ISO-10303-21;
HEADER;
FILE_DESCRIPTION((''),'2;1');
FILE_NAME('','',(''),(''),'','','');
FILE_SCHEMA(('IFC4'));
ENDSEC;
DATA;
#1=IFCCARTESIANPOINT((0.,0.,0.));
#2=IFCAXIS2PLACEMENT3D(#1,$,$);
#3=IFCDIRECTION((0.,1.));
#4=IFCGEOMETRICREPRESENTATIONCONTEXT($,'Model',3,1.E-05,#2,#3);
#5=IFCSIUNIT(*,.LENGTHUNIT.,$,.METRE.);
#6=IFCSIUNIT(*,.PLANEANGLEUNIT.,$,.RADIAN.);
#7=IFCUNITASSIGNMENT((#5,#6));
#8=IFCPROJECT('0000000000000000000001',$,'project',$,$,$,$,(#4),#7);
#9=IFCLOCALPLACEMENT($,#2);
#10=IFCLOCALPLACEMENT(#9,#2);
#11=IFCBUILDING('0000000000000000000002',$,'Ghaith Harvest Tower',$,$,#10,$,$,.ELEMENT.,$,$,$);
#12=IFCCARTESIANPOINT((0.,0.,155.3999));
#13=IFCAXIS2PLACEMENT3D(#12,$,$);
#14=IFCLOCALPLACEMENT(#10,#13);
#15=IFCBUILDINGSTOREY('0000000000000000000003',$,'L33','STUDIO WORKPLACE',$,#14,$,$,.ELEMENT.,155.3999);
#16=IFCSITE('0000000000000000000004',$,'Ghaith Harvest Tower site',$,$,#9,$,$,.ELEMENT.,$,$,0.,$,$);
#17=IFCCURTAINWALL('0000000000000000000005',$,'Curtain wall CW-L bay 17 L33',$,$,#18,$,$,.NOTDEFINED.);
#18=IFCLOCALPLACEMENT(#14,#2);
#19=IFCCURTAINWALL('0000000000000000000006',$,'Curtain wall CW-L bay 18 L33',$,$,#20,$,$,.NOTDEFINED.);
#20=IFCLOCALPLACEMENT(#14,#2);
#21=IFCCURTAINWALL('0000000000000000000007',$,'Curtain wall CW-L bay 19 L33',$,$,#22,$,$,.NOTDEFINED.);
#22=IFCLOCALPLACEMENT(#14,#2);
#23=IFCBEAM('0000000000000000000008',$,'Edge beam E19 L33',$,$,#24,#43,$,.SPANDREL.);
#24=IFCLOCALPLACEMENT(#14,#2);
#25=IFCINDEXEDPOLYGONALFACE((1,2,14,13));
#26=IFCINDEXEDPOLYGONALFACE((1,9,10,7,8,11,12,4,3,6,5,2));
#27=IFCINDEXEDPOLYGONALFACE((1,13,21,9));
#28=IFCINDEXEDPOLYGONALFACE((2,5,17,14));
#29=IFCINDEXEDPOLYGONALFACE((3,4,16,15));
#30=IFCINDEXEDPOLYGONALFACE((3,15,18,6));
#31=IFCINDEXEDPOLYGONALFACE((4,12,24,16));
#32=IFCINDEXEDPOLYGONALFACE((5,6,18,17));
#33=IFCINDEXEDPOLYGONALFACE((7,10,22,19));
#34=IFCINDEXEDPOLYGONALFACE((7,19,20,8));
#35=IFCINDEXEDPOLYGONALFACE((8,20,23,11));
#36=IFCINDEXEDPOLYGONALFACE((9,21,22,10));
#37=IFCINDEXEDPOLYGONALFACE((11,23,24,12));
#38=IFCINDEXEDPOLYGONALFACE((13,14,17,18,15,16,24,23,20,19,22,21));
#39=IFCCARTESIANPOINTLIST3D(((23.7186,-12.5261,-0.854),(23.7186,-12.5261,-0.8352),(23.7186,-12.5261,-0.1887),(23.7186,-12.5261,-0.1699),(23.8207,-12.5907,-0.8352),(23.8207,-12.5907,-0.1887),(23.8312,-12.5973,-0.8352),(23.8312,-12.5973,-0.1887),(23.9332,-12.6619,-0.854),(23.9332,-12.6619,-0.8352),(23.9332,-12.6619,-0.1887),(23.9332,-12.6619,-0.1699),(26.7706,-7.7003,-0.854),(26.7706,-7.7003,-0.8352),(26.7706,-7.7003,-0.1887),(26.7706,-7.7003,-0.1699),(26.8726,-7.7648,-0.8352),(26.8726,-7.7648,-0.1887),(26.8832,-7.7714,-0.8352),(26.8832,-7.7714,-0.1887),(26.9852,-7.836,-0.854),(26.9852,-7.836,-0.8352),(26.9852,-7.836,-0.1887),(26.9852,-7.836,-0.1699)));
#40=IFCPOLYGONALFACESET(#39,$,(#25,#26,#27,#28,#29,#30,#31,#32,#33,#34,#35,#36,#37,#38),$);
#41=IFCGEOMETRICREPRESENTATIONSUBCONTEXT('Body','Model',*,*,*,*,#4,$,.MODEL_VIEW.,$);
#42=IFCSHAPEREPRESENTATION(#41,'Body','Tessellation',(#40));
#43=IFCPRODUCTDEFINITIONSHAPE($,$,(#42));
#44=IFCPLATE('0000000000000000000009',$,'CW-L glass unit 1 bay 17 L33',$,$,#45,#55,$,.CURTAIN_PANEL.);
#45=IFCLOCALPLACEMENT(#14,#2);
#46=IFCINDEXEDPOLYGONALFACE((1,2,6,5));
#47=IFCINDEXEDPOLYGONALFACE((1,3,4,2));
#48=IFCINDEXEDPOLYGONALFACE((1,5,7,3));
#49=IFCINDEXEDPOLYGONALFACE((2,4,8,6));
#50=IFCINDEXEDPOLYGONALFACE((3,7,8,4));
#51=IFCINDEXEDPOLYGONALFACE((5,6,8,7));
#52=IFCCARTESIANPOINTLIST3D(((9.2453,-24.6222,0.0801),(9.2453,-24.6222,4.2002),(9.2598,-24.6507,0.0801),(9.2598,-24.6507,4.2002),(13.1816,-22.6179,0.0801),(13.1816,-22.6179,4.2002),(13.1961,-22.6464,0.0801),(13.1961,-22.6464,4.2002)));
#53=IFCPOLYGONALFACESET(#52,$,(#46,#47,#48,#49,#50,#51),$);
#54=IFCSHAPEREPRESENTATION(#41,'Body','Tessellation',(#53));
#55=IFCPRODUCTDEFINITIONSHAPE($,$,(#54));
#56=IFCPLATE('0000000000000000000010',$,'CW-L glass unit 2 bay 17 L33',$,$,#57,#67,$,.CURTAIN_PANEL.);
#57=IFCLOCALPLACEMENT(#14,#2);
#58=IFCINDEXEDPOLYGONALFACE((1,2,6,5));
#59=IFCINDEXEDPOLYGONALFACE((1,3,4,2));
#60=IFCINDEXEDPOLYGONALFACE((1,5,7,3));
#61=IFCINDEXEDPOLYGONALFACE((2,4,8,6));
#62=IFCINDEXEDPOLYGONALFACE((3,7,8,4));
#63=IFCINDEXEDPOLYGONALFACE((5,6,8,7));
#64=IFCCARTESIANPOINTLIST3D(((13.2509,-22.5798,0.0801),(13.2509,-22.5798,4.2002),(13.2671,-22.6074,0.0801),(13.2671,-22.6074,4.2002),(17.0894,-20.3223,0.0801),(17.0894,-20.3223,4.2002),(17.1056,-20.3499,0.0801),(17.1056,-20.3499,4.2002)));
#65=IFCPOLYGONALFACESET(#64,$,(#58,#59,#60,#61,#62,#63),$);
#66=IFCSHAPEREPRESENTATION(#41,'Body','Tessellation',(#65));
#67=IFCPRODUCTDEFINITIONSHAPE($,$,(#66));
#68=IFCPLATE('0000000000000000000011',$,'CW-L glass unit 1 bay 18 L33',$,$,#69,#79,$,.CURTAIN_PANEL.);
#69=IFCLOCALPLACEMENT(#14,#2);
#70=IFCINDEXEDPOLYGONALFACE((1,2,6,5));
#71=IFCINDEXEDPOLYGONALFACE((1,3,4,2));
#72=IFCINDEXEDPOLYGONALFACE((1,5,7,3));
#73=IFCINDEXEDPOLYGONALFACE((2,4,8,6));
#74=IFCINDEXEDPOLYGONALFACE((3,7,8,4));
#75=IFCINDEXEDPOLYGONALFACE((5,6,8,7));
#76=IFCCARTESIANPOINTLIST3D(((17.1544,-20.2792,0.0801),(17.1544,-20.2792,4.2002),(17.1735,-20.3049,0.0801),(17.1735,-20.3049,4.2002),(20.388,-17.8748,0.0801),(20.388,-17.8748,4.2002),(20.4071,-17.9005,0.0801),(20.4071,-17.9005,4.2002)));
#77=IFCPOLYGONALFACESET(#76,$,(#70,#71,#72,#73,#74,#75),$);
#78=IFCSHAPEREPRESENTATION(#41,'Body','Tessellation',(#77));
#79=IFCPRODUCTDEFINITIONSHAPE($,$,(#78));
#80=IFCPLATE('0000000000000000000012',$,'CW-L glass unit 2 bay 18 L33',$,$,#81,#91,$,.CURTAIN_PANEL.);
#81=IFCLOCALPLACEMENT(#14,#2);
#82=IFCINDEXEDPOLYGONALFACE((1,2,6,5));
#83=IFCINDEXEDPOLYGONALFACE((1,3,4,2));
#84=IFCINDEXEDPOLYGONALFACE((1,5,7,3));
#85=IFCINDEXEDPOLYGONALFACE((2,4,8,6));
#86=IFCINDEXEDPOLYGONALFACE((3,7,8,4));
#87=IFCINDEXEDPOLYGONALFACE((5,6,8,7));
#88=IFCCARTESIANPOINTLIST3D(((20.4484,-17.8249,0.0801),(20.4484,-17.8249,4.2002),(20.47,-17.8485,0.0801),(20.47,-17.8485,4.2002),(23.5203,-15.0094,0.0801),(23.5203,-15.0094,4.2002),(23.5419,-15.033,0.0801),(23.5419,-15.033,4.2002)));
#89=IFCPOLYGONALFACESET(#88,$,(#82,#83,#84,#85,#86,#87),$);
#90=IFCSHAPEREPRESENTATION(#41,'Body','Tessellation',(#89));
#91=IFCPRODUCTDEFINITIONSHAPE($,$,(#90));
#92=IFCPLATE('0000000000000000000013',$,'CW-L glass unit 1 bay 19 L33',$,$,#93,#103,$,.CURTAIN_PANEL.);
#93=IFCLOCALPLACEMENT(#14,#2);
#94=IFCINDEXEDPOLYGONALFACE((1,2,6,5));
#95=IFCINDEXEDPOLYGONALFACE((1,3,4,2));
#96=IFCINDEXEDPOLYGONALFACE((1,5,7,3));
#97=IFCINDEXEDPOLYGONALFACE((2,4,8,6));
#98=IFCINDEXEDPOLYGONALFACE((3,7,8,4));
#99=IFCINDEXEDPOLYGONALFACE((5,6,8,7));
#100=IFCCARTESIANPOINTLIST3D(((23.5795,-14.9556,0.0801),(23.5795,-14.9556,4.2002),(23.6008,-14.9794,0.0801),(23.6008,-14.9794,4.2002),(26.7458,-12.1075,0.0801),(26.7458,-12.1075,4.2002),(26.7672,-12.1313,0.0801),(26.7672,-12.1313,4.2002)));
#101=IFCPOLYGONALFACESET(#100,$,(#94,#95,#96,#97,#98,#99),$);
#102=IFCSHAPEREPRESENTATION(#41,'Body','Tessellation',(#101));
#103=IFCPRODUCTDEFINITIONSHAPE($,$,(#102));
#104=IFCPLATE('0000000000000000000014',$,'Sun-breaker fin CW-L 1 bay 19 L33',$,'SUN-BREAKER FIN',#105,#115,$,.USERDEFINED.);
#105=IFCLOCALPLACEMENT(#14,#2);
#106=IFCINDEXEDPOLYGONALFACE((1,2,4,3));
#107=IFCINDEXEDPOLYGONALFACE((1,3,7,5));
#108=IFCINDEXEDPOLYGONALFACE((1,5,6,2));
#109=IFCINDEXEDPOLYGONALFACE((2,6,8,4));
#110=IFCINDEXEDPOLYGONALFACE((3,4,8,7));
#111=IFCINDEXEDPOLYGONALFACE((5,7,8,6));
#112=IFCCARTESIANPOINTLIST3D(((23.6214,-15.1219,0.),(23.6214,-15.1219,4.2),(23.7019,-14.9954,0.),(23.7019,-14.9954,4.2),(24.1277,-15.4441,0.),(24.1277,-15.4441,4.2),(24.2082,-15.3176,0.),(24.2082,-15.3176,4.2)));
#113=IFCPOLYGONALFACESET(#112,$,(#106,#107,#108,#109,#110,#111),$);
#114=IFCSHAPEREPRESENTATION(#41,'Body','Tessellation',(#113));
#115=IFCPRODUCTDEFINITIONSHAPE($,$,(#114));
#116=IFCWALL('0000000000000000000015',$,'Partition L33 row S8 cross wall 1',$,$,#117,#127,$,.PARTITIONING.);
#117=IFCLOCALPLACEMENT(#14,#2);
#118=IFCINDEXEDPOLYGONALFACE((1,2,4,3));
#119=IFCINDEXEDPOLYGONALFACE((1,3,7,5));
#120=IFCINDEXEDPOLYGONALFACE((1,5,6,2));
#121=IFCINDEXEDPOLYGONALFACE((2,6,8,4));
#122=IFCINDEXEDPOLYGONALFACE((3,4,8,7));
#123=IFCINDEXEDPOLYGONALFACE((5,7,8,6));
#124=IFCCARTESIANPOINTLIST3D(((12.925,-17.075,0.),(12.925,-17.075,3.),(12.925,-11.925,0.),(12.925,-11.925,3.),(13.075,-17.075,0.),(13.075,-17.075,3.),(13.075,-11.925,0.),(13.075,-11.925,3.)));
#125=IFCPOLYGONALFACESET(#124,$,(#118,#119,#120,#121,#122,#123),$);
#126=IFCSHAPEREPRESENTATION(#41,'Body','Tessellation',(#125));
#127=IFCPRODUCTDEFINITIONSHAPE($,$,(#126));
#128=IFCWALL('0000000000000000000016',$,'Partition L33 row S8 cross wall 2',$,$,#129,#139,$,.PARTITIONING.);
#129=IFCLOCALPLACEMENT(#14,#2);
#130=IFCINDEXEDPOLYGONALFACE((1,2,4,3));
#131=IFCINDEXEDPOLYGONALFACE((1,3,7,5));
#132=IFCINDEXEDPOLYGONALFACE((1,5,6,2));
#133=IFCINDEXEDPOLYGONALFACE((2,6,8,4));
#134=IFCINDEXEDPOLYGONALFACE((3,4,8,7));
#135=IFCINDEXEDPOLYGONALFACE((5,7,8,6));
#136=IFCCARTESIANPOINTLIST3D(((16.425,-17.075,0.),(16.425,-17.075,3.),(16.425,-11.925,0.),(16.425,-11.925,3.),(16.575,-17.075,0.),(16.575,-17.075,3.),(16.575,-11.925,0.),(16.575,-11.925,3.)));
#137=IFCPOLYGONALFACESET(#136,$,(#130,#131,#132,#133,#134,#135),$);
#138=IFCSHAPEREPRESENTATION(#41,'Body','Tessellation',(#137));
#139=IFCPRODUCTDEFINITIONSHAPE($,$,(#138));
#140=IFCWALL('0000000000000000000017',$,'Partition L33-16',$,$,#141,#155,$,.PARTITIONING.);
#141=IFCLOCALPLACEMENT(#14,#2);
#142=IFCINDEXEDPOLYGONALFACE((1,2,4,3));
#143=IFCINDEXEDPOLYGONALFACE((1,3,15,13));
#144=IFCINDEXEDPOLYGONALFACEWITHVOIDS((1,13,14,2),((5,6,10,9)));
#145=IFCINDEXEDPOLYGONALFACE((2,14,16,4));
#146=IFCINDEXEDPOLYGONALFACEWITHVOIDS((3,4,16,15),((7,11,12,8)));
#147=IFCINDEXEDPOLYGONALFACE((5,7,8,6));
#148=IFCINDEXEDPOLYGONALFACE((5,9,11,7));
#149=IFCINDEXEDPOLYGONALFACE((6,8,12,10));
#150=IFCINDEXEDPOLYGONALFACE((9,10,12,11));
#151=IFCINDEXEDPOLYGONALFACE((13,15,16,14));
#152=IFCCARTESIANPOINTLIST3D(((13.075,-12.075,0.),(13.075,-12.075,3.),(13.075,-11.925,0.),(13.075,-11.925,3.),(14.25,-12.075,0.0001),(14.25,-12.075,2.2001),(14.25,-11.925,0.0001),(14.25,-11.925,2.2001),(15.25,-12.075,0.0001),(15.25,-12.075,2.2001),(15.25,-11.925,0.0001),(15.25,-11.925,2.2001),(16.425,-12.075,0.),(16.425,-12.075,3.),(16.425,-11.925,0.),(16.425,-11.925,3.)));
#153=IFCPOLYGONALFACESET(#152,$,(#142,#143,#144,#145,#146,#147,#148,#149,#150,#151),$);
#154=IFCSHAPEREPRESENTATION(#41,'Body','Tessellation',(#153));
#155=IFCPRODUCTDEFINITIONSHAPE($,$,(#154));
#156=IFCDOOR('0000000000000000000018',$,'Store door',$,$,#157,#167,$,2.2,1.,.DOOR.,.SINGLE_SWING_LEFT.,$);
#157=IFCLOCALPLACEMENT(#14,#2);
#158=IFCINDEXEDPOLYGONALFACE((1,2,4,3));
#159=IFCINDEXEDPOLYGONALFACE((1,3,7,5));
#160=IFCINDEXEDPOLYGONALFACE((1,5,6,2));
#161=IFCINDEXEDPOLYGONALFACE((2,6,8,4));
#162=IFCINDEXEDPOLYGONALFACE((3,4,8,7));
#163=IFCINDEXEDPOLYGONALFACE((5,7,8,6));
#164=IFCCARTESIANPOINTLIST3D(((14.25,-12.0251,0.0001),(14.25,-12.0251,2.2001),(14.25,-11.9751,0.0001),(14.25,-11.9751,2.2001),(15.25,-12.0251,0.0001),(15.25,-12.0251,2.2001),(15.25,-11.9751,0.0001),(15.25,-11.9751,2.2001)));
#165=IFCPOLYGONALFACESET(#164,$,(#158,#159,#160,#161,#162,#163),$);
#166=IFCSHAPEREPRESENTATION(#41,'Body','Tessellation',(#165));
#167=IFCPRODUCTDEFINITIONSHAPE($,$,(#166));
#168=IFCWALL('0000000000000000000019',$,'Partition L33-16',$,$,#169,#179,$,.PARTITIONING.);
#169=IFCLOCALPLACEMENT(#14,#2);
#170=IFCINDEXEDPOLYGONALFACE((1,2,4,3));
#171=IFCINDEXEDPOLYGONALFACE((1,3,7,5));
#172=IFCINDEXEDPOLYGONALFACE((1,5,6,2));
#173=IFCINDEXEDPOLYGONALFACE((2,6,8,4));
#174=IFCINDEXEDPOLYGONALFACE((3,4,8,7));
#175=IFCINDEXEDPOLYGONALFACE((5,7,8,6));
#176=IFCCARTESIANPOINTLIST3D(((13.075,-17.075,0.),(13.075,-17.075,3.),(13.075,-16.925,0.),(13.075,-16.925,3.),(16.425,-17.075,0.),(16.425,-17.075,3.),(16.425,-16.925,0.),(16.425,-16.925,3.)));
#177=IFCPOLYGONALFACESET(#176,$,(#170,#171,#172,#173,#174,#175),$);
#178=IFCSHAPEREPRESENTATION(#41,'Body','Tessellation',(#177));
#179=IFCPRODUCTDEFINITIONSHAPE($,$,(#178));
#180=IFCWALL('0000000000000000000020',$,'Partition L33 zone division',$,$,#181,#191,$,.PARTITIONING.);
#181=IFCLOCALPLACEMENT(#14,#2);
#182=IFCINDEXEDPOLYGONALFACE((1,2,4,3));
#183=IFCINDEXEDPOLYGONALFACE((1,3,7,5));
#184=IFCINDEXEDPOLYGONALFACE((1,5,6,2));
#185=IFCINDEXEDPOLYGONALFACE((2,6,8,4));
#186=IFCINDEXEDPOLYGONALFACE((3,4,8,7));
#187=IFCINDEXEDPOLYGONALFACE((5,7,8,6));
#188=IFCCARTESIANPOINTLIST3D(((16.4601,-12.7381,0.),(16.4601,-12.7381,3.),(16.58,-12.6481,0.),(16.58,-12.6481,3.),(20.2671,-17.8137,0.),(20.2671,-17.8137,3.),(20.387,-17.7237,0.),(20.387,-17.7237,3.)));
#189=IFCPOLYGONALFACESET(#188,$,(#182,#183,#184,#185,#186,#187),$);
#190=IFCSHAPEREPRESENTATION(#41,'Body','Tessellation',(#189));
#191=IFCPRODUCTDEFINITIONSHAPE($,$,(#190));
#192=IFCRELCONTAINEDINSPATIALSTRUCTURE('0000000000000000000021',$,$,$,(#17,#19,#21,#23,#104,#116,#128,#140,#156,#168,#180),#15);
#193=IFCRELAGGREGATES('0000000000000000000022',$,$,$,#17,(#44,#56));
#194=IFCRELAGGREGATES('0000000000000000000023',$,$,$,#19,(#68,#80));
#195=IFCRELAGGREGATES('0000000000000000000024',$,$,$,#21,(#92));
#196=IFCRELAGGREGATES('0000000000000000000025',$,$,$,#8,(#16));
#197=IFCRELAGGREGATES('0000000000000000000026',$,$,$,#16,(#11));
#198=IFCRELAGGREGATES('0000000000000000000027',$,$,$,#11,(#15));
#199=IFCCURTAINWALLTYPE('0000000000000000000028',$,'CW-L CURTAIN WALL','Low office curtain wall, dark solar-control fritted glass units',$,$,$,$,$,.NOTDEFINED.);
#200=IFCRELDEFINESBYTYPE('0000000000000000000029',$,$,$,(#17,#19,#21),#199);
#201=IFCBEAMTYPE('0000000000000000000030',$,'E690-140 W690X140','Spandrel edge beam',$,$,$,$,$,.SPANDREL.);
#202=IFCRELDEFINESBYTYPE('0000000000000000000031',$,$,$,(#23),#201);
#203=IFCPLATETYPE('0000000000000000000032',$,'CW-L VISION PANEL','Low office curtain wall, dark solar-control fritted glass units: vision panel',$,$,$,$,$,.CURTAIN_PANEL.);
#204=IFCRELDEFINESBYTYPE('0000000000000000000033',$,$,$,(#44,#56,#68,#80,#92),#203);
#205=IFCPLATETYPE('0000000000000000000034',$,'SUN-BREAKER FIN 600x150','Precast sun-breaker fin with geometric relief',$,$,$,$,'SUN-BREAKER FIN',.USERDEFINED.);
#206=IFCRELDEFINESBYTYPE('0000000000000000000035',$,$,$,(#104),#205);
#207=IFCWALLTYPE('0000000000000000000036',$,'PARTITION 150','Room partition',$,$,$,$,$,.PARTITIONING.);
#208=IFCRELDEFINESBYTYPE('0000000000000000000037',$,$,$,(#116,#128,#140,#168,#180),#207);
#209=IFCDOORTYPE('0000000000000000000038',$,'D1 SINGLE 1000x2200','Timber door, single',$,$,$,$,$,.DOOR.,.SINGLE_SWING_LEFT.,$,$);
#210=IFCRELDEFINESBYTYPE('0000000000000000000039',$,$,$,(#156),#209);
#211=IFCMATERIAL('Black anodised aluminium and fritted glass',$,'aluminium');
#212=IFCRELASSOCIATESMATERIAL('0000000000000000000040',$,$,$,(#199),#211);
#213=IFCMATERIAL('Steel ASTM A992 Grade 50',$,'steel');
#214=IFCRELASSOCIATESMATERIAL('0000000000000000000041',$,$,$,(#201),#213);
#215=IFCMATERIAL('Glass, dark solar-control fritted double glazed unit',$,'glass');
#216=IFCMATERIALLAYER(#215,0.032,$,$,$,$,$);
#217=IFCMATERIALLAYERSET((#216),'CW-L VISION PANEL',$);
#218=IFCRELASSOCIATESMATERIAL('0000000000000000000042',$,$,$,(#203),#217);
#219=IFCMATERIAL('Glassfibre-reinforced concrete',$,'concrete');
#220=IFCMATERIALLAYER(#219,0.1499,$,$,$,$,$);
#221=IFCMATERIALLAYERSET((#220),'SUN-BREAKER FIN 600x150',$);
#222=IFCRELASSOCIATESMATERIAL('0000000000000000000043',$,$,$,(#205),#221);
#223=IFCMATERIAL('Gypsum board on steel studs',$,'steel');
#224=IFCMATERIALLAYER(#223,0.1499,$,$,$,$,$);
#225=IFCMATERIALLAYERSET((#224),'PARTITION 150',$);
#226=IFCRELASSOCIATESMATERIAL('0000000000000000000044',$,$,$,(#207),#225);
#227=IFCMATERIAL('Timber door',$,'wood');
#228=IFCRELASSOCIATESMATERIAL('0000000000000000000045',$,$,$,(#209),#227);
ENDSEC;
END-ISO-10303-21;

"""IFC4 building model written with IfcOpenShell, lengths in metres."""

from ifc_helpers import new_model, si_unit, direction, frame, frame_2d, origin, origin_2d, place, context, subcontext, project, spatial, rectangle, i_section, extrude, material, layer, layer_set, material_profile, profile_set, type_object, element, fill, aggregate, save


model = new_model("IFC4")

# Units and contexts
model_context = context("Model", 3, precision=1e-05, world=origin(), true_north=direction((0.0, 1.0)))
body_context = subcontext(model_context, "Body", "Model", "MODEL_VIEW")
ifc_project = project(units=[si_unit("LENGTHUNIT", "METRE"), si_unit("PLANEANGLEUNIT", "RADIAN")], contexts=[model_context])

# Site, building, storey
site_placement = place(None, origin())
site = spatial("IfcSite", under=ifc_project, at=site_placement, Name="Ghaith Harvest Tower site", CompositionType="ELEMENT", RefElevation=0.0)
building_placement = place(site_placement, origin())
building = spatial("IfcBuilding", under=site, at=building_placement, Name="Ghaith Harvest Tower", CompositionType="ELEMENT")
storey_placement = place(building_placement, frame((0.0, 0.0, 155.3999)))
storey = spatial("IfcBuildingStorey", under=building, at=storey_placement, Name="L33", Description="STUDIO WORKPLACE", CompositionType="ELEMENT", Elevation=155.3999)

# Curtain wall
ifc_material_1 = material(Name="Black anodised aluminium and fritted glass", Category="aluminium")
curtain_wall_type = type_object("IfcCurtainWallType", Name="CW-L CURTAIN WALL", Description="Low office curtain wall, dark solar-control fritted glass units", PredefinedType="NOTDEFINED", material=ifc_material_1)
curtain_wall_1_placement = place(storey_placement, origin())
curtain_wall_1 = element("IfcCurtainWall", 1, at=curtain_wall_1_placement, inside=storey, type_object=curtain_wall_type, Name="Curtain wall CW-L bay 17 L33", PredefinedType="NOTDEFINED")

# Curtain walls
curtain_wall_2_placement = place(storey_placement, origin())
curtain_wall_2 = element("IfcCurtainWall", 2, at=curtain_wall_2_placement, inside=storey, type_object=curtain_wall_type, Name="Curtain wall CW-L bay 18 L33", PredefinedType="NOTDEFINED")
curtain_wall_3_placement = place(storey_placement, origin())
curtain_wall_3 = element("IfcCurtainWall", 3, at=curtain_wall_3_placement, inside=storey, type_object=curtain_wall_type, Name="Curtain wall CW-L bay 19 L33", PredefinedType="NOTDEFINED")

# Beam
ifc_material_2 = material(Name="Steel ASTM A992 Grade 50", Category="steel")
ifc_material_profile_1 = material_profile(ifc_material_2, i_section(OverallWidth=0.2539, OverallDepth=0.6841, WebThickness=0.0125, FlangeThickness=0.0188, at=origin_2d()), Name="W690X140")
ifc_profile_set_1 = profile_set([ifc_material_profile_1], Name="Steel ASTM A992 Grade 50")
beam_type = type_object("IfcBeamType", Name="E690-140 W690X140", Description="Spandrel edge beam", PredefinedType="SPANDREL", material=ifc_profile_set_1)
beam_1_placement = place(storey_placement, frame((23.8259, -12.594, -0.512), z_axis=(0.5345, 0.845169, 0.0), x_axis=(-0.845169, 0.5345, 0.0)))
element("IfcBeam", 4, at=beam_1_placement, inside=storey, type_object=beam_type, Name="Edge beam E19 L33", PredefinedType="SPANDREL", context=body_context, shape_type="SweptSolid", body=[
    extrude(i_section(OverallWidth=0.2539, OverallDepth=0.6841, WebThickness=0.0125, FlangeThickness=0.0188, at=origin_2d()), origin(), (0.0, 0.0, 1.0), 5.71),
])

# Plates
ifc_material_3 = material(Name="Glass, dark solar-control fritted double glazed unit", Category="glass")
ifc_layer_1 = layer(ifc_material_3, 0.032)
ifc_layer_set_1 = layer_set([ifc_layer_1], Name="CW-L VISION PANEL")
plate_type_1 = type_object("IfcPlateType", Name="CW-L VISION PANEL", Description="Low office curtain wall, dark solar-control fritted glass units: vision panel", PredefinedType="CURTAIN_PANEL", material=ifc_layer_set_1)
plate_1_placement = place(storey_placement, frame((11.2207, -23.6343, 0.0801), z_axis=(0.0, 0.0, 1.0), x_axis=(0.891127, 0.453754, 0.0)))
plate_1 = element("IfcPlate", 5, at=plate_1_placement, type_object=plate_type_1, Name="CW-L glass unit 1 bay 17 L33", PredefinedType="CURTAIN_PANEL", context=body_context, shape_type="SweptSolid", body=[
    extrude(rectangle(XDim=4.4172, YDim=0.032, at=origin_2d()), origin(), (0.0, 0.0, 1.0), 4.1201),
])
plate_2_placement = place(storey_placement, frame((15.1782, -21.4648, 0.0801), z_axis=(0.0, 0.0, 1.0), x_axis=(0.861979, 0.506943, 0.0)))
plate_2 = element("IfcPlate", 6, at=plate_2_placement, type_object=plate_type_1, Name="CW-L glass unit 2 bay 17 L33", PredefinedType="CURTAIN_PANEL", context=body_context, shape_type="SweptSolid", body=[
    extrude(rectangle(XDim=4.4531, YDim=0.032, at=origin_2d()), origin(), (0.0, 0.0, 1.0), 4.1201),
])
aggregate(curtain_wall_1, [plate_1, plate_2])
plate_3_placement = place(storey_placement, frame((18.7808, -19.0898, 0.0801), z_axis=(0.0, 0.0, 1.0), x_axis=(0.802462, 0.596703, 0.0)))
plate_3 = element("IfcPlate", 7, at=plate_3_placement, type_object=plate_type_1, Name="CW-L glass unit 1 bay 18 L33", PredefinedType="CURTAIN_PANEL", context=body_context, shape_type="SweptSolid", body=[
    extrude(rectangle(XDim=4.0295, YDim=0.032, at=origin_2d()), origin(), (0.0, 0.0, 1.0), 4.1201),
])
plate_4_placement = place(storey_placement, frame((21.9951, -16.429, 0.0801), z_axis=(0.0, 0.0, 1.0), x_axis=(0.737202, 0.675673, 0.0)))
plate_4 = element("IfcPlate", 8, at=plate_4_placement, type_object=plate_type_1, Name="CW-L glass unit 2 bay 18 L33", PredefinedType="CURTAIN_PANEL", context=body_context, shape_type="SweptSolid", body=[
    extrude(rectangle(XDim=4.167, YDim=0.032, at=origin_2d()), origin(), (0.0, 0.0, 1.0), 4.1201),
])
aggregate(curtain_wall_2, [plate_3, plate_4])
plate_5_placement = place(storey_placement, frame((25.1733, -13.5435, 0.0801), z_axis=(0.0, 0.0, 1.0), x_axis=(0.743493, 0.668744, 0.0)))
plate_5 = element("IfcPlate", 9, at=plate_5_placement, type_object=plate_type_1, Name="CW-L glass unit 1 bay 19 L33", PredefinedType="CURTAIN_PANEL", context=body_context, shape_type="SweptSolid", body=[
    extrude(rectangle(XDim=4.2588, YDim=0.032, at=origin_2d()), origin(), (0.0, 0.0, 1.0), 4.1201),
])
aggregate(curtain_wall_3, [plate_5])
ifc_material_4 = material(Name="Glassfibre-reinforced concrete", Category="concrete")
ifc_layer_2 = layer(ifc_material_4, 0.1499)
ifc_layer_set_2 = layer_set([ifc_layer_2], Name="SUN-BREAKER FIN 600x150")
plate_type_2 = type_object("IfcPlateType", Name="SUN-BREAKER FIN 600x150", Description="Precast sun-breaker fin with geometric relief", ElementType="SUN-BREAKER FIN", PredefinedType="USERDEFINED", material=ifc_layer_set_2)
plate_6_placement = place(storey_placement, frame((23.9148, -15.2197, 0.0), z_axis=(0.0, 0.0, 1.0), x_axis=(0.843644, -0.536903, 0.0)))
element("IfcPlate", 10, at=plate_6_placement, inside=storey, type_object=plate_type_2, Name="Sun-breaker fin CW-L 1 bay 19 L33", ObjectType="SUN-BREAKER FIN", PredefinedType="USERDEFINED", context=body_context, shape_type="SweptSolid", body=[
    extrude(rectangle(XDim=0.6001, YDim=0.1499, at=origin_2d()), origin(), (0.0, 0.0, 1.0), 4.2),
])

# Walls
ifc_material_5 = material(Name="Gypsum board on steel studs", Category="steel")
ifc_layer_3 = layer(ifc_material_5, 0.1499)
ifc_layer_set_3 = layer_set([ifc_layer_3], Name="PARTITION 150")
wall_type = type_object("IfcWallType", Name="PARTITION 150", Description="Room partition", PredefinedType="PARTITIONING", material=ifc_layer_set_3)
for number, where, z_axis, x_axis, name in (
    (11, (13.0, -11.925, 0.0), (0.0, 0.0, 1.0), (0.0, -1.0, 0.0), "Partition L33 row S8 cross wall 1"),
    (12, (16.5, -11.925, 0.0), (0.0, 0.0, 1.0), (0.0, -1.0, 0.0), "Partition L33 row S8 cross wall 2"),
):
    element("IfcWall", number, at=place(storey_placement, frame(where, z_axis=z_axis, x_axis=x_axis)), inside=storey, type_object=wall_type, Name=name, PredefinedType="PARTITIONING", context=body_context, shape_type="SweptSolid", body=[
        extrude(rectangle(XDim=5.1499, YDim=0.1499, at=frame_2d((2.575, 0.0))), origin(), (0.0, 0.0, 1.0), 3.0),
    ])

# Wall, opening, door
wall_1_placement = place(storey_placement, frame((13.075, -12.0, 0.0), z_axis=(0.0, 0.0, 1.0), x_axis=(1.0, 0.0, 0.0)))
wall_1 = element("IfcWall", 13, at=wall_1_placement, inside=storey, type_object=wall_type, Name="Partition L33-16", PredefinedType="PARTITIONING", context=body_context, shape_type="SweptSolid", body=[
    extrude(rectangle(XDim=3.3501, YDim=0.1499, at=frame_2d((1.675, 0.0))), origin(), (0.0, 0.0, 1.0), 3.0),
])
opening_placement = place(wall_1_placement, frame((1.175, 0.0, 0.0)))
opening = element("IfcOpeningElement", 14, at=opening_placement, cuts=wall_1, PredefinedType="OPENING", context=body_context, shape_type="SweptSolid", body=[
    extrude(rectangle(XDim=1.0, YDim=2.2, at=frame_2d((0.5, 1.1001))), frame((0.0, 0.085, 0.0), z_axis=(0.0, -1.0, 0.0), x_axis=(1.0, 0.0, 0.0)), (0.0, 0.0, 1.0), 0.1699),
])
ifc_material_6 = material(Name="Timber door", Category="wood")
door_type = type_object("IfcDoorType", Name="D1 SINGLE 1000x2200", Description="Timber door, single", OperationType="SINGLE_SWING_LEFT", PredefinedType="DOOR", material=ifc_material_6)
door_placement = place(opening_placement, origin())
door = element("IfcDoor", 15, at=door_placement, inside=storey, type_object=door_type, Name="Store door", OperationType="SINGLE_SWING_LEFT", OverallHeight=2.2, OverallWidth=1.0, PredefinedType="DOOR", context=body_context, shape_type="SweptSolid", body=[
    extrude(rectangle(XDim=1.0, YDim=2.2, at=frame_2d((0.5, 1.1001))), frame((0.0, 0.0249, 0.0), z_axis=(0.0, -1.0, 0.0), x_axis=(1.0, 0.0, 0.0)), (0.0, 0.0, 1.0), 0.05),
])
fill(opening, door)

# Walls
wall_2_placement = place(storey_placement, frame((13.075, -17.0, 0.0), z_axis=(0.0, 0.0, 1.0), x_axis=(1.0, 0.0, 0.0)))
element("IfcWall", 16, at=wall_2_placement, inside=storey, type_object=wall_type, Name="Partition L33-16", PredefinedType="PARTITIONING", context=body_context, shape_type="SweptSolid", body=[
    extrude(rectangle(XDim=3.3501, YDim=0.1499, at=frame_2d((1.675, 0.0))), origin(), (0.0, 0.0, 1.0), 3.0),
])
wall_3_placement = place(storey_placement, frame((16.52, -12.6931, 0.0), z_axis=(0.0, 0.0, 1.0), x_axis=(0.600037, -0.799972, 0.0)))
element("IfcWall", 17, at=wall_3_placement, inside=storey, type_object=wall_type, Name="Partition L33 zone division", PredefinedType="PARTITIONING", context=body_context, shape_type="SweptSolid", body=[
    extrude(rectangle(XDim=6.3447, YDim=0.1499, at=frame_2d((3.1724, 0.0))), origin(), (0.0, 0.0, 1.0), 3.0),
])

save(model, "model.ifc")
